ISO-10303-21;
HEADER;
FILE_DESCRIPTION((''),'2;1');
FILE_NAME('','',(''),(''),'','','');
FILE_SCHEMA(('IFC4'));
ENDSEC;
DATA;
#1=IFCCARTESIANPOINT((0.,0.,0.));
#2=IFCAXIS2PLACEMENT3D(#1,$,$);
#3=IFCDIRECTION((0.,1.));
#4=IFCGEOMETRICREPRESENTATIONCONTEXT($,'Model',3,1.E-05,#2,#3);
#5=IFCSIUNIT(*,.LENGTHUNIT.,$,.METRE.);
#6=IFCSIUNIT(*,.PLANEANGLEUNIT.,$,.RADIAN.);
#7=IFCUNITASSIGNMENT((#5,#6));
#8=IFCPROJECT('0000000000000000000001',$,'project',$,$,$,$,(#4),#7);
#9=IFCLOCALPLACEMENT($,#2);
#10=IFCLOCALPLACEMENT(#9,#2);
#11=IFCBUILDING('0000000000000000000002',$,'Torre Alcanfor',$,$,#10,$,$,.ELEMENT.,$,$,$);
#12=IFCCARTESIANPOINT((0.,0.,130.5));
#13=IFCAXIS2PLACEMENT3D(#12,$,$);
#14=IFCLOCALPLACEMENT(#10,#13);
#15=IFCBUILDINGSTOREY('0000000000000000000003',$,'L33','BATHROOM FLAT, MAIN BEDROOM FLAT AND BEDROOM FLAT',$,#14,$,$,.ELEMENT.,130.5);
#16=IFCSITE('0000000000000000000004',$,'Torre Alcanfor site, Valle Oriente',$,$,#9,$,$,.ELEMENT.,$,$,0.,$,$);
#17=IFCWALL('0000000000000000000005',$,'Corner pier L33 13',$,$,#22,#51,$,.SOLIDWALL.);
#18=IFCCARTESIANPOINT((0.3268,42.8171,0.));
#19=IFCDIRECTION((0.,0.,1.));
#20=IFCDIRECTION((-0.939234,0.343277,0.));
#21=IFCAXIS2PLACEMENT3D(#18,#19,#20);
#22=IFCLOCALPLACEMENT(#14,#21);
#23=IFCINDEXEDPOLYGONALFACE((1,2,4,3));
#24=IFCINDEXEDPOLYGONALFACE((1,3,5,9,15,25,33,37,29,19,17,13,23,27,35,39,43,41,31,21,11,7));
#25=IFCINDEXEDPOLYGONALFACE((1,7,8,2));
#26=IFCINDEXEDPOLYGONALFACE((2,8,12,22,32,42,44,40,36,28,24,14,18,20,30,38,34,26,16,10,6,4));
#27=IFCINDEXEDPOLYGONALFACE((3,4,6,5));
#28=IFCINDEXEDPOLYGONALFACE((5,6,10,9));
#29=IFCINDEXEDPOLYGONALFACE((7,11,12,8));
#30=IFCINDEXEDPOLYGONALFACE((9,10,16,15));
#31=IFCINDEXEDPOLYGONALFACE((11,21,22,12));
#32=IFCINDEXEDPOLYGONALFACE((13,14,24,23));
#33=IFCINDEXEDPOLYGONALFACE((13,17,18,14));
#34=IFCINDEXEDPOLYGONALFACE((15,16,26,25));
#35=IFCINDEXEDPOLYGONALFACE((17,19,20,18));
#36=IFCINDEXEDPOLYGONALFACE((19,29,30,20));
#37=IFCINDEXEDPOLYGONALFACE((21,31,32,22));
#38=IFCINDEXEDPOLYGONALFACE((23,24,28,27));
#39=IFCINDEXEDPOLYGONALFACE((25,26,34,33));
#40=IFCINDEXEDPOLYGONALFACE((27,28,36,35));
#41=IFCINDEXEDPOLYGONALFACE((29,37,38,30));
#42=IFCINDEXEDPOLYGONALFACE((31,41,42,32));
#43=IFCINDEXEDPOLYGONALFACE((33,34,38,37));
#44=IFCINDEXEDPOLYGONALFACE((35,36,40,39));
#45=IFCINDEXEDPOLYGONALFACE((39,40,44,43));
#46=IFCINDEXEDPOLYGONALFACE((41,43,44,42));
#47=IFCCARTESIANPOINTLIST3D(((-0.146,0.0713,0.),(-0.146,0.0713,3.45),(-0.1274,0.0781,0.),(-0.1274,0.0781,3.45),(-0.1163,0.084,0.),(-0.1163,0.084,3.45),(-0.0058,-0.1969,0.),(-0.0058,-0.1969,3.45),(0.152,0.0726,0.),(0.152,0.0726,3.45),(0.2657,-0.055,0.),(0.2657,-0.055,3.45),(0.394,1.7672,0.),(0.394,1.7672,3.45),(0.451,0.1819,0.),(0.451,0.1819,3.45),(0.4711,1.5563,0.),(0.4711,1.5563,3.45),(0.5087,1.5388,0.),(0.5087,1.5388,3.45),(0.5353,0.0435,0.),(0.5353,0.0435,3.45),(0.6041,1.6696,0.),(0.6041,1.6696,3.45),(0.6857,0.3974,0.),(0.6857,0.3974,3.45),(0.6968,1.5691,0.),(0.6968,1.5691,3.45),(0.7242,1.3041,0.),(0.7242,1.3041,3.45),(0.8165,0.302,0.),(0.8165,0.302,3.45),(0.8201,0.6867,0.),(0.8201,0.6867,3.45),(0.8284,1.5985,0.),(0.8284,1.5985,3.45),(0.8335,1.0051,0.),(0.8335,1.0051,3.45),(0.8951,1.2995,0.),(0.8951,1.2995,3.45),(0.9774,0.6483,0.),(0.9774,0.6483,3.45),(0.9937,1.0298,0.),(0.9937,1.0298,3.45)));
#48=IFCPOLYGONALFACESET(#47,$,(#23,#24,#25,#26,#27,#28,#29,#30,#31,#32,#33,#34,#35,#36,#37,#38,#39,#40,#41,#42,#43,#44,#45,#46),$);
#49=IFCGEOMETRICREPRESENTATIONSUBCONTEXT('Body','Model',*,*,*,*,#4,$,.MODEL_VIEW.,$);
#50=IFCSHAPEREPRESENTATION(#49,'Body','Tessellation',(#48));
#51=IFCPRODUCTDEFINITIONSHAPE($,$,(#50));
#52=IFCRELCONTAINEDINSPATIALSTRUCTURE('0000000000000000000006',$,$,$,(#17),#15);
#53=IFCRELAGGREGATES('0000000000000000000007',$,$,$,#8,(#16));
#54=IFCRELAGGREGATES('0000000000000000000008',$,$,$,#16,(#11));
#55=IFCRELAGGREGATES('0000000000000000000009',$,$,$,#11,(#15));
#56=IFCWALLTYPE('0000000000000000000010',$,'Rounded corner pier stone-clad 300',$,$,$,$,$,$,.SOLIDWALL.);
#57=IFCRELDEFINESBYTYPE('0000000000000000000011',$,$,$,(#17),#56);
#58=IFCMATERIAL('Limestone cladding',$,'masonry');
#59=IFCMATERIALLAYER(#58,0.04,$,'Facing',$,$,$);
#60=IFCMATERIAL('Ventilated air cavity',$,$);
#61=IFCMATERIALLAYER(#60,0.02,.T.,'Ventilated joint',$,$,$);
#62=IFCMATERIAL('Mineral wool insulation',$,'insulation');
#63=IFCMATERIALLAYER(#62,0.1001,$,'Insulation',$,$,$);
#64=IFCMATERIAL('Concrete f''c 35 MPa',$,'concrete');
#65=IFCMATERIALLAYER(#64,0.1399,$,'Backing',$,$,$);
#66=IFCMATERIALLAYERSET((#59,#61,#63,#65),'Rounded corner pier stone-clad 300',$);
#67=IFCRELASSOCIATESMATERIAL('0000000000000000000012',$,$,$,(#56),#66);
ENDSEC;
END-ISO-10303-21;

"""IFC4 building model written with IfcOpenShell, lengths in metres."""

from ifc_helpers import new_model, si_unit, direction, frame, origin, place, context, subcontext, project, spatial, polyline, outline, extrude, material, layer, layer_set, type_object, element, save


model = new_model("IFC4")

# Units and contexts
model_context = context("Model", 3, precision=1e-05, world=origin(), true_north=direction((0.0, 1.0)))
body_context = subcontext(model_context, "Body", "Model", "MODEL_VIEW")
ifc_project = project(units=[si_unit("LENGTHUNIT", "METRE"), si_unit("PLANEANGLEUNIT", "RADIAN")], contexts=[model_context])

# Site, building, storey
site_placement = place(None, origin())
site = spatial("IfcSite", under=ifc_project, at=site_placement, Name="Torre Alcanfor site, Valle Oriente", CompositionType="ELEMENT", RefElevation=0.0)
building_placement = place(site_placement, origin())
building = spatial("IfcBuilding", under=site, at=building_placement, Name="Torre Alcanfor", CompositionType="ELEMENT")
storey_placement = place(building_placement, frame((0.0, 0.0, 130.5)))
storey = spatial("IfcBuildingStorey", under=building, at=storey_placement, Name="L33", Description="BATHROOM FLAT, MAIN BEDROOM FLAT AND BEDROOM FLAT", CompositionType="ELEMENT", Elevation=130.5)

# Wall
ifc_material_1 = material(Name="Limestone cladding", Category="masonry")
ifc_layer_1 = layer(ifc_material_1, 0.04, Name="Facing")
ifc_material_2 = material(Name="Ventilated air cavity")
ifc_layer_2 = layer(ifc_material_2, 0.02, ventilated=True, Name="Ventilated joint")
ifc_material_3 = material(Name="Mineral wool insulation", Category="insulation")
ifc_layer_3 = layer(ifc_material_3, 0.1001, Name="Insulation")
ifc_material_4 = material(Name="Concrete f'c 35 MPa", Category="concrete")
ifc_layer_4 = layer(ifc_material_4, 0.1399, Name="Backing")
ifc_layer_set_1 = layer_set([ifc_layer_1, ifc_layer_2, ifc_layer_3, ifc_layer_4], Name="Rounded corner pier stone-clad 300")
wall_type_1 = type_object("IfcWallType", Name="Rounded corner pier stone-clad 300", PredefinedType="SOLIDWALL", material=ifc_layer_set_1)
wall_1_placement = place(storey_placement, frame((0.3268, 42.8171, 0.0), z_axis=(0.0, 0.0, 1.0), x_axis=(-0.939234, 0.343277, 0.0)))
element("IfcWall", 1, at=wall_1_placement, inside=storey, type_object=wall_type_1, Name="Corner pier L33 13", PredefinedType="SOLIDWALL", context=body_context, shape_type="SweptSolid", body=[
    extrude(outline(polyline([(-0.0058, -0.1969), (0.2657, -0.055), (0.5353, 0.0435), (0.8165, 0.302), (0.9774, 0.6483), (0.9937, 1.0298), (0.8951, 1.2995), (0.8284, 1.5985), (0.6968, 1.5691), (0.6041, 1.6696), (0.394, 1.7672), (0.4711, 1.5563), (0.5087, 1.5388), (0.7242, 1.3041), (0.8335, 1.0051), (0.8201, 0.6867), (0.6857, 0.3974), (0.451, 0.1819), (0.152, 0.0726), (-0.1163, 0.084), (-0.1274, 0.0781), (-0.146, 0.0713), (-0.0058, -0.1969)])), origin(), (0.0, 0.0, 1.0), 3.45),
])

save(model, "model.ifc")
